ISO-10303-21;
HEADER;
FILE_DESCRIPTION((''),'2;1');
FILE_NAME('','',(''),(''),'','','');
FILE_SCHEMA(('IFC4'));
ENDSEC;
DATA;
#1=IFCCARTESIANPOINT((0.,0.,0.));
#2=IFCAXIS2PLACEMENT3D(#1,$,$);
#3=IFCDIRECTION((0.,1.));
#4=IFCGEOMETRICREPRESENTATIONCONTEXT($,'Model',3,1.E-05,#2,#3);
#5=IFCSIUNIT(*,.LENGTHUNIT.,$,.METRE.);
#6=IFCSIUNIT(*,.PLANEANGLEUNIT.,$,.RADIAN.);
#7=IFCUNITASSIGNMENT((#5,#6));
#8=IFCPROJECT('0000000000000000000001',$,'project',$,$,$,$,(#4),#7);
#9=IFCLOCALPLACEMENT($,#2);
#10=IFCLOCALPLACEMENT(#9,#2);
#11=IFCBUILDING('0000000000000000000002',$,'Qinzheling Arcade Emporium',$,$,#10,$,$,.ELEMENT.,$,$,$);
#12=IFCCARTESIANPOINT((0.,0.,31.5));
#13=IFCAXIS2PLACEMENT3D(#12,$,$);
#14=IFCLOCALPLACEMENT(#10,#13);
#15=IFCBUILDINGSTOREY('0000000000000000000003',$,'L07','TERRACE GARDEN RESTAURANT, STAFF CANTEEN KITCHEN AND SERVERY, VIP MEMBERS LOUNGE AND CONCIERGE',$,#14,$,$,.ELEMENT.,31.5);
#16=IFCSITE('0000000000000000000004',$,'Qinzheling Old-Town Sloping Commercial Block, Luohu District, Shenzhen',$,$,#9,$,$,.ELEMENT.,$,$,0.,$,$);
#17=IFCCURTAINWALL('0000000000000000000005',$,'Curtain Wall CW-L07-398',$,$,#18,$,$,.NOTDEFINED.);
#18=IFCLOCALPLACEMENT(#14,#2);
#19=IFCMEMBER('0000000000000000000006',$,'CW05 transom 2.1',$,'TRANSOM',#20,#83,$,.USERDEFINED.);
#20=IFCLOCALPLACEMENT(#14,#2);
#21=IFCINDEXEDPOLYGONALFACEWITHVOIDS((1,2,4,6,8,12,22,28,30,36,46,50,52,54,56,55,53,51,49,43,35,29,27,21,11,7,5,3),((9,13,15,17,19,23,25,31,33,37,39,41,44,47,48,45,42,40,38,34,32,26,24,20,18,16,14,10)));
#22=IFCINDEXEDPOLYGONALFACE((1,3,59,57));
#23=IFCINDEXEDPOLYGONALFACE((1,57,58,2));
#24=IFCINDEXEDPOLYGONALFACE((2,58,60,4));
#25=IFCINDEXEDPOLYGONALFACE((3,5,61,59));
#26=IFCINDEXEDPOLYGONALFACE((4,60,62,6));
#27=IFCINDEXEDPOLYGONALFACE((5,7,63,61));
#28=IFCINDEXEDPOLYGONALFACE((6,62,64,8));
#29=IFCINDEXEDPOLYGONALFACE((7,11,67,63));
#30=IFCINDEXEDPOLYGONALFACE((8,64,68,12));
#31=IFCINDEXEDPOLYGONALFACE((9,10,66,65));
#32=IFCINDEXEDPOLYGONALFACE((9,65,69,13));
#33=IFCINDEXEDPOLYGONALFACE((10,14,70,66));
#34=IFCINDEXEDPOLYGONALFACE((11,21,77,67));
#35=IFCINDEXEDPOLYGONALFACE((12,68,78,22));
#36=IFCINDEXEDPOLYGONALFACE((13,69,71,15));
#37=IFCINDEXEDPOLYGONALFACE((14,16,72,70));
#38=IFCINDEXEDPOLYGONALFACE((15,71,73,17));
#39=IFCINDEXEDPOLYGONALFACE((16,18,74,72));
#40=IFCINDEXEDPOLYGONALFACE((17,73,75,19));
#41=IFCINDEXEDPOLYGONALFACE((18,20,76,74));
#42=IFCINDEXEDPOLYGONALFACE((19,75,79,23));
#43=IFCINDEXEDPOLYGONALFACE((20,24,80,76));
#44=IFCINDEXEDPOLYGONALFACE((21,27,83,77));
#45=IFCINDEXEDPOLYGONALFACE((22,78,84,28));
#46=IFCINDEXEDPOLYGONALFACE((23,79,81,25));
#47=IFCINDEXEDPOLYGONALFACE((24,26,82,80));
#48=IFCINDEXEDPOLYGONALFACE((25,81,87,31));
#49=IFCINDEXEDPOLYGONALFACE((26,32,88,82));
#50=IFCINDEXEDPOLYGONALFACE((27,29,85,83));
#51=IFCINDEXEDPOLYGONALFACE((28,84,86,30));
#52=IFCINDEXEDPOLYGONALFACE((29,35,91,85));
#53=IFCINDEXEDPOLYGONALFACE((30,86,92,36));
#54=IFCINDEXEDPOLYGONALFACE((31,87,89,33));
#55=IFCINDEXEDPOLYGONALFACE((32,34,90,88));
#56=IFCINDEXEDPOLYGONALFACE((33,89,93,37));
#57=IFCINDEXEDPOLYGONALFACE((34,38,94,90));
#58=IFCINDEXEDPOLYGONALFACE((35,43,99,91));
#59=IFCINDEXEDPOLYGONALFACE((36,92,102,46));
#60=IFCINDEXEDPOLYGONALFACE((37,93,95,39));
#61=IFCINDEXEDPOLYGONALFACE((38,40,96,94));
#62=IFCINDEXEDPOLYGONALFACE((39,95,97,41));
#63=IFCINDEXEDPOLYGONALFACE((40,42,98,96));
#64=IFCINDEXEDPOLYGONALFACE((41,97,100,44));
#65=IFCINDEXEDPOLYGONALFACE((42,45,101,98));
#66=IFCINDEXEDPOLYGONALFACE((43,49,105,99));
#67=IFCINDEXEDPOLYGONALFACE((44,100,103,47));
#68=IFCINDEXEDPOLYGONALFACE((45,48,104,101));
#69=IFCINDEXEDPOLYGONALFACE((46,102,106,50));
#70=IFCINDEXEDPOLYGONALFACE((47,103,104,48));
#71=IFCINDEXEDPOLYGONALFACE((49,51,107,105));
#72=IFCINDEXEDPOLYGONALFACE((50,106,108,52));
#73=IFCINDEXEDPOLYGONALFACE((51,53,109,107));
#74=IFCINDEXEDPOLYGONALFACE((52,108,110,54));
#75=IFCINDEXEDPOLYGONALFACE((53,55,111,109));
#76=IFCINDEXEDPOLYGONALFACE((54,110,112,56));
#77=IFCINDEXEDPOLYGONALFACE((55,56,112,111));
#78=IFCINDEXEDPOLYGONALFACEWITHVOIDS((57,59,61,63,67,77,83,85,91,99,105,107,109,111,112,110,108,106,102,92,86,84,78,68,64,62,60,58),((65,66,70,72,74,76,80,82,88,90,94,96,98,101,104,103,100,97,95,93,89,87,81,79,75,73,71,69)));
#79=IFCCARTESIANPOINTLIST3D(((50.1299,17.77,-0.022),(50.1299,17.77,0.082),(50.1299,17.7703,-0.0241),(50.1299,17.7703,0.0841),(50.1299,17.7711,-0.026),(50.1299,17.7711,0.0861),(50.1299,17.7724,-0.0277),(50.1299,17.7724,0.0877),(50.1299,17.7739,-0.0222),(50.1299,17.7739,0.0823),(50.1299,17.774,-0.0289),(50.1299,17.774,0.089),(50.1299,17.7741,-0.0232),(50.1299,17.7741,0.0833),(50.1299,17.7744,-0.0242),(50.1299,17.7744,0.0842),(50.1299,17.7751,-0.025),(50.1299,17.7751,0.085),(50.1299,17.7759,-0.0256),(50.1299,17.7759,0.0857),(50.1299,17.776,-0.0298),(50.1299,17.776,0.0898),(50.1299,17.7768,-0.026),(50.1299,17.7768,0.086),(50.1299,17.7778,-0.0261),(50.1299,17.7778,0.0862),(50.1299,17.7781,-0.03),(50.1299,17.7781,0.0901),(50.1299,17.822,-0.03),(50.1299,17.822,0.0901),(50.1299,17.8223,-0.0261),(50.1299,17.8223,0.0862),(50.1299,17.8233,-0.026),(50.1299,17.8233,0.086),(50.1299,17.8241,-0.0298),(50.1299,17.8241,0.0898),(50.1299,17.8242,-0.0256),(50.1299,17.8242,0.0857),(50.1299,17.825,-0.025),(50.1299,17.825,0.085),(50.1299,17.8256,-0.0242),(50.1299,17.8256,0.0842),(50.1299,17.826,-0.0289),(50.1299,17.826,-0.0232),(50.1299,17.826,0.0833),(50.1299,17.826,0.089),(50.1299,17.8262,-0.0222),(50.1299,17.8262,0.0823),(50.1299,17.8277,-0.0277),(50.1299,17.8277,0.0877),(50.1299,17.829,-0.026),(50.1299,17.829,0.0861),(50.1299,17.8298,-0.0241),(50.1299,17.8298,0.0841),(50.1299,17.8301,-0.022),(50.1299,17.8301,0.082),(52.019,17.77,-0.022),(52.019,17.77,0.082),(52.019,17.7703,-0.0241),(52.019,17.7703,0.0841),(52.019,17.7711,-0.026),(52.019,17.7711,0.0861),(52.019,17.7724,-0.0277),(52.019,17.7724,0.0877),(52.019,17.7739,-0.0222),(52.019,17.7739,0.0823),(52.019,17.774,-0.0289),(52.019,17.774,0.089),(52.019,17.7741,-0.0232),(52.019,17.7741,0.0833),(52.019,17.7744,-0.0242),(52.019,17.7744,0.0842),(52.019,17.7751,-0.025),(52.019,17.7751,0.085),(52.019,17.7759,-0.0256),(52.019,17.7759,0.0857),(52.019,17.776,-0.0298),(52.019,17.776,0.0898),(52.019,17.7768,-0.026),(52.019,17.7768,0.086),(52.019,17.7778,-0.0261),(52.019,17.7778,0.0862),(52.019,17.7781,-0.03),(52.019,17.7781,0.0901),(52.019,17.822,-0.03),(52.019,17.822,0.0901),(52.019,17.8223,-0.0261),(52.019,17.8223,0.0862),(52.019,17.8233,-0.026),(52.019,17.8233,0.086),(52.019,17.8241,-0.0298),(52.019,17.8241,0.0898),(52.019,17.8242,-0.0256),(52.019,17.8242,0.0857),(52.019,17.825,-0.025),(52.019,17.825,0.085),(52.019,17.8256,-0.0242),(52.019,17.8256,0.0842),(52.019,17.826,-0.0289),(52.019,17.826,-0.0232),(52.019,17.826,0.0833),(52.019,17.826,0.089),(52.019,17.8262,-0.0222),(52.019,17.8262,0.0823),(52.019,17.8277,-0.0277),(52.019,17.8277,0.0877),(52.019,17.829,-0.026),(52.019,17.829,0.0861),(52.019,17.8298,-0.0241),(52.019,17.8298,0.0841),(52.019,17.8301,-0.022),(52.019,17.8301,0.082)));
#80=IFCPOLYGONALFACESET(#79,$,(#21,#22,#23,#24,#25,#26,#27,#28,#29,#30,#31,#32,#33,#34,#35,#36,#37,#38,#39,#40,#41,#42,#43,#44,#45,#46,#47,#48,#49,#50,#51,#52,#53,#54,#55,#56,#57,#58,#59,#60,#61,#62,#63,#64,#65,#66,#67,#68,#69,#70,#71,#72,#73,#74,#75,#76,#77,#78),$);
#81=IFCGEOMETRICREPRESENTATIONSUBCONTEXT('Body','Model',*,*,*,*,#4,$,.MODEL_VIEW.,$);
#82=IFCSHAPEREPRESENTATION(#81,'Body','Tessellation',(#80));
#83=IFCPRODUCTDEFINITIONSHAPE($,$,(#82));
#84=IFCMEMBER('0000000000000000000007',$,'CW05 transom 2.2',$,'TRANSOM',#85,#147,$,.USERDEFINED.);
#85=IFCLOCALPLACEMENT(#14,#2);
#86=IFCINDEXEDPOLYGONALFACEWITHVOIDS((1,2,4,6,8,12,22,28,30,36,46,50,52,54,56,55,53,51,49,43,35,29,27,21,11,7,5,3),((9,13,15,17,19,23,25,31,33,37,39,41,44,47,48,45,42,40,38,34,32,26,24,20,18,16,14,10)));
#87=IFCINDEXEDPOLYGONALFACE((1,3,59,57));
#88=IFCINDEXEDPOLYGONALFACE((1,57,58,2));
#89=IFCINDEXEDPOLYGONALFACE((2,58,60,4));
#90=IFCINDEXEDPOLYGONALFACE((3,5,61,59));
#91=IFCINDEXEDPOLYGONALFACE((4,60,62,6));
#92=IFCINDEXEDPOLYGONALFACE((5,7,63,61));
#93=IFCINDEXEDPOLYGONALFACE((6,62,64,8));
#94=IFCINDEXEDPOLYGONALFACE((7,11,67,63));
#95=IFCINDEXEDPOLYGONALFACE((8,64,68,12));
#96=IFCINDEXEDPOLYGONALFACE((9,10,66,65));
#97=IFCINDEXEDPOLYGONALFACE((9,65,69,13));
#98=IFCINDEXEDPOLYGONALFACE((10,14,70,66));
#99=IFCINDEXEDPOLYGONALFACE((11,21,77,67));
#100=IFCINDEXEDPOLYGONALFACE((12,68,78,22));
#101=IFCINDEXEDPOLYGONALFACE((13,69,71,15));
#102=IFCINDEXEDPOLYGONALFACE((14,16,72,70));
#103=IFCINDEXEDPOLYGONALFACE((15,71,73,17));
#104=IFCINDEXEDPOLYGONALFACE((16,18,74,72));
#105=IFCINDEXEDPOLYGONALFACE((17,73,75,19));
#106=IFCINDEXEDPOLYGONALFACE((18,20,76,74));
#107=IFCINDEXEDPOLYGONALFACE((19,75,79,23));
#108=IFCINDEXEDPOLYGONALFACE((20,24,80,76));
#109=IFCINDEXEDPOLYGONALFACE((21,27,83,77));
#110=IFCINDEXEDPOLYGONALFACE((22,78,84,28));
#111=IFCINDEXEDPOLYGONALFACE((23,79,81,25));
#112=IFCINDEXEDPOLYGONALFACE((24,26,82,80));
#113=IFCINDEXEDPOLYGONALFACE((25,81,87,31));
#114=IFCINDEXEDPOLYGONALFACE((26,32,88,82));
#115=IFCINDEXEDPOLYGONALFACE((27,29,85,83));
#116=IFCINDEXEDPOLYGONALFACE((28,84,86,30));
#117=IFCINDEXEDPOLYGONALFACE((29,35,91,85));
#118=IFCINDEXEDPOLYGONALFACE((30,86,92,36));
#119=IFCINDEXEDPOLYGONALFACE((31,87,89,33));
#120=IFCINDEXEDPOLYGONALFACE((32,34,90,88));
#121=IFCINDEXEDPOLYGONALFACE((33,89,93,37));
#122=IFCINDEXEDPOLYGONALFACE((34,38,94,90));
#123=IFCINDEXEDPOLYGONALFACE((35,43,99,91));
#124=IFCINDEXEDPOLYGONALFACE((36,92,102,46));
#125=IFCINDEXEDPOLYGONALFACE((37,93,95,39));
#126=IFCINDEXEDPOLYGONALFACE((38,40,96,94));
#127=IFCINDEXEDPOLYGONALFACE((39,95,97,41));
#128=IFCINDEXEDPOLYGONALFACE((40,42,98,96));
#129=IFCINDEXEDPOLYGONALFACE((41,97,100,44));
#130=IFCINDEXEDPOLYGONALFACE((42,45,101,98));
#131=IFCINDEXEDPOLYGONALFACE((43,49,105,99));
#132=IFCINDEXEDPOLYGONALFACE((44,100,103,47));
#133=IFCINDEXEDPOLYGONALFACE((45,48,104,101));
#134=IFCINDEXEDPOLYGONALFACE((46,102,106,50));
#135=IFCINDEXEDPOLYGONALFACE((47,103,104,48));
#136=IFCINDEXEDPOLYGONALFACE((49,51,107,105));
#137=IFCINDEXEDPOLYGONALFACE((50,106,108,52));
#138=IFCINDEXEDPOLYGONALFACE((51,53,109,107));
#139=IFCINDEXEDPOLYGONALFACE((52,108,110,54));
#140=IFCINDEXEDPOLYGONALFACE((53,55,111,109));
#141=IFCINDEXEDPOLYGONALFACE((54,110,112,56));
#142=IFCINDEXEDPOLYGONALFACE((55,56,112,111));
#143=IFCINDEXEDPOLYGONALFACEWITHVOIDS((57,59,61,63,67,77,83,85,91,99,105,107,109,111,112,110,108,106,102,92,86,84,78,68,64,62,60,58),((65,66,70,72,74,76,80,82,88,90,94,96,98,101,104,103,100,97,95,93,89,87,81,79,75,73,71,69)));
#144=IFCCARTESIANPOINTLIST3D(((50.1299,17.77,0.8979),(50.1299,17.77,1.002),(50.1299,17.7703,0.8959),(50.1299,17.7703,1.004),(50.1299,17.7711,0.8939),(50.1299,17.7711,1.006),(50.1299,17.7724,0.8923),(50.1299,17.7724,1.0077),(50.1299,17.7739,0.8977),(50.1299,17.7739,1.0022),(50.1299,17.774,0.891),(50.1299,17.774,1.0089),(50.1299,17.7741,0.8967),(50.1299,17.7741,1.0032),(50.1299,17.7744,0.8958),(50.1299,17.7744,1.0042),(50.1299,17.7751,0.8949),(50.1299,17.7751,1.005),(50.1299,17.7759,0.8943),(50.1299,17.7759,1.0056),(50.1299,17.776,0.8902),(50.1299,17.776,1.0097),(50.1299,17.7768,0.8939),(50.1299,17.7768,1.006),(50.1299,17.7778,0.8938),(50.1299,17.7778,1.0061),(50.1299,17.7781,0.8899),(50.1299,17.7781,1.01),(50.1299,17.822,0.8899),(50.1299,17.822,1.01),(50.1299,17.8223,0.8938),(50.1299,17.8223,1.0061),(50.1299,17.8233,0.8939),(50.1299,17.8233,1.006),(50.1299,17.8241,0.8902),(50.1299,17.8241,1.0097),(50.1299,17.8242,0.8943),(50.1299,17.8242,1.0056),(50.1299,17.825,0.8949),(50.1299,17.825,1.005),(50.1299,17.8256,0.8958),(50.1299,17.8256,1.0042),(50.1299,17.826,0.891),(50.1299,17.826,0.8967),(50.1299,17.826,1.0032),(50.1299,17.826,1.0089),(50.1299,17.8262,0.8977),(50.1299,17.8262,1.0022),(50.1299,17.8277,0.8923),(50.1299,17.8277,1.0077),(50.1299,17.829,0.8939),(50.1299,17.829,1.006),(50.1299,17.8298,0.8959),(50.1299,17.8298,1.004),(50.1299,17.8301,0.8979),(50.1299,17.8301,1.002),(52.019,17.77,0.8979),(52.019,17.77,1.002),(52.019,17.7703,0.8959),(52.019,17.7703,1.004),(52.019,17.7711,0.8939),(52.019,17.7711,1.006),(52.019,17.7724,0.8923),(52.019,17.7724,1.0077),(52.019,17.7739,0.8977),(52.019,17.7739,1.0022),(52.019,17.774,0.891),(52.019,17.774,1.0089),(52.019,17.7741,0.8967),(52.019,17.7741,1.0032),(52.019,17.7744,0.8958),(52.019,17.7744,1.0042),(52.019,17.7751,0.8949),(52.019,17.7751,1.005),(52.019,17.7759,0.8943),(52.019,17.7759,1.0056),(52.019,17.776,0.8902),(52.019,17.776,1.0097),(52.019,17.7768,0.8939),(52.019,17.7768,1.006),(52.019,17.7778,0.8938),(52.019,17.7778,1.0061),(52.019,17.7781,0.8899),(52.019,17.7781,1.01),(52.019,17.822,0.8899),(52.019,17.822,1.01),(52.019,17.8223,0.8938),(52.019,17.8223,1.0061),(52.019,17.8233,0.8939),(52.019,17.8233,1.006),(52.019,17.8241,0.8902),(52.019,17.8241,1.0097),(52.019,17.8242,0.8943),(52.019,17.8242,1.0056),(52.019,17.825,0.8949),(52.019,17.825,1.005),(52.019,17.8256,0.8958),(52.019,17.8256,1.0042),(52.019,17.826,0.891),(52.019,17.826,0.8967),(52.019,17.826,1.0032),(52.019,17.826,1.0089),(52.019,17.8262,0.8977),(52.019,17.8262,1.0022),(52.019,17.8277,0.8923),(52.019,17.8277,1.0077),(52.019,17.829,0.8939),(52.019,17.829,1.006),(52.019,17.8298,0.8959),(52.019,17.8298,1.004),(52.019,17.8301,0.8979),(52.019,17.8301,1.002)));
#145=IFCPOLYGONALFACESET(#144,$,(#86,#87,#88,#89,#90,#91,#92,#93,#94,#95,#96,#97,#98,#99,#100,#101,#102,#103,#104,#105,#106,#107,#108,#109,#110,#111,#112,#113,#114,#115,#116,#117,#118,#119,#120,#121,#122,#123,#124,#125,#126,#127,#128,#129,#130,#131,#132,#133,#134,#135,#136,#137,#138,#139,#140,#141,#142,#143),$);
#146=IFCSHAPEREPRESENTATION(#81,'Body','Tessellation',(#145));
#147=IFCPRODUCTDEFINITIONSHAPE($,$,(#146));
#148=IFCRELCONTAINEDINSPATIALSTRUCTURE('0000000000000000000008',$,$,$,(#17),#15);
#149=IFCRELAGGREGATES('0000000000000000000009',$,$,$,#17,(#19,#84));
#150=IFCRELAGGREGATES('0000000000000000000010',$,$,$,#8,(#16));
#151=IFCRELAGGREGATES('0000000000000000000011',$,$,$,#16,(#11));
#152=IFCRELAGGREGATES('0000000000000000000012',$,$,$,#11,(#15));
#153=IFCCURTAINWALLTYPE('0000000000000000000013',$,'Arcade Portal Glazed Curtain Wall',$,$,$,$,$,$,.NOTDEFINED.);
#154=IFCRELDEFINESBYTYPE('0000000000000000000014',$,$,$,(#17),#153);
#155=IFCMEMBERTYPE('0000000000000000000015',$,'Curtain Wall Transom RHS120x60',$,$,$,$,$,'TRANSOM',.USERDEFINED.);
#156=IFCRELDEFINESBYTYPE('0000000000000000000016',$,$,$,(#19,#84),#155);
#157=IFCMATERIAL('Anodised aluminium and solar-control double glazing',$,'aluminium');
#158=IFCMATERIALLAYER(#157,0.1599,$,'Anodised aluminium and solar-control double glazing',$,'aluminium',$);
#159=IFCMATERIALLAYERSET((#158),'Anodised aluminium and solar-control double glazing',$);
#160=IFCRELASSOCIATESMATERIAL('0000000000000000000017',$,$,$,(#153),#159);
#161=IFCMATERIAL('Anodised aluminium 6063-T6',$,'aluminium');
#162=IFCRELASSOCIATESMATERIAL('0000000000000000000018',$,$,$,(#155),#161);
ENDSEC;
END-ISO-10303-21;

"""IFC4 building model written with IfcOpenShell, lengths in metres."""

from ifc_helpers import new_model, si_unit, direction, frame, origin, origin_2d, place, context, subcontext, project, spatial, hollow_rectangle, extrude, material, layer, layer_set, material_profile, profile_set, type_object, element, aggregate, save


model = new_model("IFC4")

# Units and contexts
model_context = context("Model", 3, precision=1e-05, world=origin(), true_north=direction((0.0, 1.0)))
body_context = subcontext(model_context, "Body", "Model", "MODEL_VIEW")
ifc_project = project(units=[si_unit("LENGTHUNIT", "METRE"), si_unit("PLANEANGLEUNIT", "RADIAN")], contexts=[model_context])

# Site, building, storey
site_placement = place(None, origin())
site = spatial("IfcSite", under=ifc_project, at=site_placement, Name="Qinzheling Old-Town Sloping Commercial Block, Luohu District, Shenzhen", CompositionType="ELEMENT", RefElevation=0.0)
building_placement = place(site_placement, origin())
building = spatial("IfcBuilding", under=site, at=building_placement, Name="Qinzheling Arcade Emporium", CompositionType="ELEMENT")
storey_placement = place(building_placement, frame((0.0, 0.0, 31.5)))
storey = spatial("IfcBuildingStorey", under=building, at=storey_placement, Name="L07", Description="TERRACE GARDEN RESTAURANT, STAFF CANTEEN KITCHEN AND SERVERY, VIP MEMBERS LOUNGE AND CONCIERGE", CompositionType="ELEMENT", Elevation=31.5)

# Curtain wall, members
ifc_material_1 = material(Name="Anodised aluminium and solar-control double glazing", Category="aluminium")
ifc_layer_1 = layer(ifc_material_1, 0.1599, Name="Anodised aluminium and solar-control double glazing", Category="aluminium")
ifc_layer_set_1 = layer_set([ifc_layer_1], Name="Anodised aluminium and solar-control double glazing")
curtain_wall_type = type_object("IfcCurtainWallType", Name="Arcade Portal Glazed Curtain Wall", PredefinedType="NOTDEFINED", material=ifc_layer_set_1)
curtain_wall_placement = place(storey_placement, origin())
curtain_wall = element("IfcCurtainWall", 1, at=curtain_wall_placement, inside=storey, type_object=curtain_wall_type, Name="Curtain Wall CW-L07-398", PredefinedType="NOTDEFINED")
ifc_material_2 = material(Name="Anodised aluminium 6063-T6", Category="aluminium")
ifc_material_profile_1 = material_profile(ifc_material_2, hollow_rectangle(XDim=0.0601, YDim=0.1201, WallThickness=0.0039, InnerFilletRadius=0.0039, OuterFilletRadius=0.0081, at=origin_2d()), Name="RHS 120x60x4", Category="aluminium")
ifc_profile_set_1 = profile_set([ifc_material_profile_1], Name="Anodised aluminium 6063-T6")
member_type_1 = type_object("IfcMemberType", Name="Curtain Wall Transom RHS120x60", ElementType="TRANSOM", PredefinedType="USERDEFINED", material=ifc_profile_set_1)
member_1_placement = place(storey_placement, frame((52.019, 17.8, 0.03), z_axis=(-1.0, 0.0, 0.0), x_axis=(0.0, -1.0, 0.0)))
member_1 = element("IfcMember", 2, at=member_1_placement, type_object=member_type_1, Name="CW05 transom 2.1", ObjectType="TRANSOM", PredefinedType="USERDEFINED", context=body_context, shape_type="SweptSolid", body=[
    extrude(hollow_rectangle(XDim=0.0601, YDim=0.1201, WallThickness=0.0039, InnerFilletRadius=0.0039, OuterFilletRadius=0.0081, at=origin_2d()), origin(), (0.0, 0.0, 1.0), 1.8892),
])
member_2_placement = place(storey_placement, frame((52.019, 17.8, 0.95), z_axis=(-1.0, 0.0, 0.0), x_axis=(0.0, -1.0, 0.0)))
member_2 = element("IfcMember", 3, at=member_2_placement, type_object=member_type_1, Name="CW05 transom 2.2", ObjectType="TRANSOM", PredefinedType="USERDEFINED", context=body_context, shape_type="SweptSolid", body=[
    extrude(hollow_rectangle(XDim=0.0601, YDim=0.1201, WallThickness=0.0039, InnerFilletRadius=0.0039, OuterFilletRadius=0.0081, at=origin_2d()), origin(), (0.0, 0.0, 1.0), 1.8892),
])

aggregate(curtain_wall, [member_1, member_2])

save(model, "model.ifc")
